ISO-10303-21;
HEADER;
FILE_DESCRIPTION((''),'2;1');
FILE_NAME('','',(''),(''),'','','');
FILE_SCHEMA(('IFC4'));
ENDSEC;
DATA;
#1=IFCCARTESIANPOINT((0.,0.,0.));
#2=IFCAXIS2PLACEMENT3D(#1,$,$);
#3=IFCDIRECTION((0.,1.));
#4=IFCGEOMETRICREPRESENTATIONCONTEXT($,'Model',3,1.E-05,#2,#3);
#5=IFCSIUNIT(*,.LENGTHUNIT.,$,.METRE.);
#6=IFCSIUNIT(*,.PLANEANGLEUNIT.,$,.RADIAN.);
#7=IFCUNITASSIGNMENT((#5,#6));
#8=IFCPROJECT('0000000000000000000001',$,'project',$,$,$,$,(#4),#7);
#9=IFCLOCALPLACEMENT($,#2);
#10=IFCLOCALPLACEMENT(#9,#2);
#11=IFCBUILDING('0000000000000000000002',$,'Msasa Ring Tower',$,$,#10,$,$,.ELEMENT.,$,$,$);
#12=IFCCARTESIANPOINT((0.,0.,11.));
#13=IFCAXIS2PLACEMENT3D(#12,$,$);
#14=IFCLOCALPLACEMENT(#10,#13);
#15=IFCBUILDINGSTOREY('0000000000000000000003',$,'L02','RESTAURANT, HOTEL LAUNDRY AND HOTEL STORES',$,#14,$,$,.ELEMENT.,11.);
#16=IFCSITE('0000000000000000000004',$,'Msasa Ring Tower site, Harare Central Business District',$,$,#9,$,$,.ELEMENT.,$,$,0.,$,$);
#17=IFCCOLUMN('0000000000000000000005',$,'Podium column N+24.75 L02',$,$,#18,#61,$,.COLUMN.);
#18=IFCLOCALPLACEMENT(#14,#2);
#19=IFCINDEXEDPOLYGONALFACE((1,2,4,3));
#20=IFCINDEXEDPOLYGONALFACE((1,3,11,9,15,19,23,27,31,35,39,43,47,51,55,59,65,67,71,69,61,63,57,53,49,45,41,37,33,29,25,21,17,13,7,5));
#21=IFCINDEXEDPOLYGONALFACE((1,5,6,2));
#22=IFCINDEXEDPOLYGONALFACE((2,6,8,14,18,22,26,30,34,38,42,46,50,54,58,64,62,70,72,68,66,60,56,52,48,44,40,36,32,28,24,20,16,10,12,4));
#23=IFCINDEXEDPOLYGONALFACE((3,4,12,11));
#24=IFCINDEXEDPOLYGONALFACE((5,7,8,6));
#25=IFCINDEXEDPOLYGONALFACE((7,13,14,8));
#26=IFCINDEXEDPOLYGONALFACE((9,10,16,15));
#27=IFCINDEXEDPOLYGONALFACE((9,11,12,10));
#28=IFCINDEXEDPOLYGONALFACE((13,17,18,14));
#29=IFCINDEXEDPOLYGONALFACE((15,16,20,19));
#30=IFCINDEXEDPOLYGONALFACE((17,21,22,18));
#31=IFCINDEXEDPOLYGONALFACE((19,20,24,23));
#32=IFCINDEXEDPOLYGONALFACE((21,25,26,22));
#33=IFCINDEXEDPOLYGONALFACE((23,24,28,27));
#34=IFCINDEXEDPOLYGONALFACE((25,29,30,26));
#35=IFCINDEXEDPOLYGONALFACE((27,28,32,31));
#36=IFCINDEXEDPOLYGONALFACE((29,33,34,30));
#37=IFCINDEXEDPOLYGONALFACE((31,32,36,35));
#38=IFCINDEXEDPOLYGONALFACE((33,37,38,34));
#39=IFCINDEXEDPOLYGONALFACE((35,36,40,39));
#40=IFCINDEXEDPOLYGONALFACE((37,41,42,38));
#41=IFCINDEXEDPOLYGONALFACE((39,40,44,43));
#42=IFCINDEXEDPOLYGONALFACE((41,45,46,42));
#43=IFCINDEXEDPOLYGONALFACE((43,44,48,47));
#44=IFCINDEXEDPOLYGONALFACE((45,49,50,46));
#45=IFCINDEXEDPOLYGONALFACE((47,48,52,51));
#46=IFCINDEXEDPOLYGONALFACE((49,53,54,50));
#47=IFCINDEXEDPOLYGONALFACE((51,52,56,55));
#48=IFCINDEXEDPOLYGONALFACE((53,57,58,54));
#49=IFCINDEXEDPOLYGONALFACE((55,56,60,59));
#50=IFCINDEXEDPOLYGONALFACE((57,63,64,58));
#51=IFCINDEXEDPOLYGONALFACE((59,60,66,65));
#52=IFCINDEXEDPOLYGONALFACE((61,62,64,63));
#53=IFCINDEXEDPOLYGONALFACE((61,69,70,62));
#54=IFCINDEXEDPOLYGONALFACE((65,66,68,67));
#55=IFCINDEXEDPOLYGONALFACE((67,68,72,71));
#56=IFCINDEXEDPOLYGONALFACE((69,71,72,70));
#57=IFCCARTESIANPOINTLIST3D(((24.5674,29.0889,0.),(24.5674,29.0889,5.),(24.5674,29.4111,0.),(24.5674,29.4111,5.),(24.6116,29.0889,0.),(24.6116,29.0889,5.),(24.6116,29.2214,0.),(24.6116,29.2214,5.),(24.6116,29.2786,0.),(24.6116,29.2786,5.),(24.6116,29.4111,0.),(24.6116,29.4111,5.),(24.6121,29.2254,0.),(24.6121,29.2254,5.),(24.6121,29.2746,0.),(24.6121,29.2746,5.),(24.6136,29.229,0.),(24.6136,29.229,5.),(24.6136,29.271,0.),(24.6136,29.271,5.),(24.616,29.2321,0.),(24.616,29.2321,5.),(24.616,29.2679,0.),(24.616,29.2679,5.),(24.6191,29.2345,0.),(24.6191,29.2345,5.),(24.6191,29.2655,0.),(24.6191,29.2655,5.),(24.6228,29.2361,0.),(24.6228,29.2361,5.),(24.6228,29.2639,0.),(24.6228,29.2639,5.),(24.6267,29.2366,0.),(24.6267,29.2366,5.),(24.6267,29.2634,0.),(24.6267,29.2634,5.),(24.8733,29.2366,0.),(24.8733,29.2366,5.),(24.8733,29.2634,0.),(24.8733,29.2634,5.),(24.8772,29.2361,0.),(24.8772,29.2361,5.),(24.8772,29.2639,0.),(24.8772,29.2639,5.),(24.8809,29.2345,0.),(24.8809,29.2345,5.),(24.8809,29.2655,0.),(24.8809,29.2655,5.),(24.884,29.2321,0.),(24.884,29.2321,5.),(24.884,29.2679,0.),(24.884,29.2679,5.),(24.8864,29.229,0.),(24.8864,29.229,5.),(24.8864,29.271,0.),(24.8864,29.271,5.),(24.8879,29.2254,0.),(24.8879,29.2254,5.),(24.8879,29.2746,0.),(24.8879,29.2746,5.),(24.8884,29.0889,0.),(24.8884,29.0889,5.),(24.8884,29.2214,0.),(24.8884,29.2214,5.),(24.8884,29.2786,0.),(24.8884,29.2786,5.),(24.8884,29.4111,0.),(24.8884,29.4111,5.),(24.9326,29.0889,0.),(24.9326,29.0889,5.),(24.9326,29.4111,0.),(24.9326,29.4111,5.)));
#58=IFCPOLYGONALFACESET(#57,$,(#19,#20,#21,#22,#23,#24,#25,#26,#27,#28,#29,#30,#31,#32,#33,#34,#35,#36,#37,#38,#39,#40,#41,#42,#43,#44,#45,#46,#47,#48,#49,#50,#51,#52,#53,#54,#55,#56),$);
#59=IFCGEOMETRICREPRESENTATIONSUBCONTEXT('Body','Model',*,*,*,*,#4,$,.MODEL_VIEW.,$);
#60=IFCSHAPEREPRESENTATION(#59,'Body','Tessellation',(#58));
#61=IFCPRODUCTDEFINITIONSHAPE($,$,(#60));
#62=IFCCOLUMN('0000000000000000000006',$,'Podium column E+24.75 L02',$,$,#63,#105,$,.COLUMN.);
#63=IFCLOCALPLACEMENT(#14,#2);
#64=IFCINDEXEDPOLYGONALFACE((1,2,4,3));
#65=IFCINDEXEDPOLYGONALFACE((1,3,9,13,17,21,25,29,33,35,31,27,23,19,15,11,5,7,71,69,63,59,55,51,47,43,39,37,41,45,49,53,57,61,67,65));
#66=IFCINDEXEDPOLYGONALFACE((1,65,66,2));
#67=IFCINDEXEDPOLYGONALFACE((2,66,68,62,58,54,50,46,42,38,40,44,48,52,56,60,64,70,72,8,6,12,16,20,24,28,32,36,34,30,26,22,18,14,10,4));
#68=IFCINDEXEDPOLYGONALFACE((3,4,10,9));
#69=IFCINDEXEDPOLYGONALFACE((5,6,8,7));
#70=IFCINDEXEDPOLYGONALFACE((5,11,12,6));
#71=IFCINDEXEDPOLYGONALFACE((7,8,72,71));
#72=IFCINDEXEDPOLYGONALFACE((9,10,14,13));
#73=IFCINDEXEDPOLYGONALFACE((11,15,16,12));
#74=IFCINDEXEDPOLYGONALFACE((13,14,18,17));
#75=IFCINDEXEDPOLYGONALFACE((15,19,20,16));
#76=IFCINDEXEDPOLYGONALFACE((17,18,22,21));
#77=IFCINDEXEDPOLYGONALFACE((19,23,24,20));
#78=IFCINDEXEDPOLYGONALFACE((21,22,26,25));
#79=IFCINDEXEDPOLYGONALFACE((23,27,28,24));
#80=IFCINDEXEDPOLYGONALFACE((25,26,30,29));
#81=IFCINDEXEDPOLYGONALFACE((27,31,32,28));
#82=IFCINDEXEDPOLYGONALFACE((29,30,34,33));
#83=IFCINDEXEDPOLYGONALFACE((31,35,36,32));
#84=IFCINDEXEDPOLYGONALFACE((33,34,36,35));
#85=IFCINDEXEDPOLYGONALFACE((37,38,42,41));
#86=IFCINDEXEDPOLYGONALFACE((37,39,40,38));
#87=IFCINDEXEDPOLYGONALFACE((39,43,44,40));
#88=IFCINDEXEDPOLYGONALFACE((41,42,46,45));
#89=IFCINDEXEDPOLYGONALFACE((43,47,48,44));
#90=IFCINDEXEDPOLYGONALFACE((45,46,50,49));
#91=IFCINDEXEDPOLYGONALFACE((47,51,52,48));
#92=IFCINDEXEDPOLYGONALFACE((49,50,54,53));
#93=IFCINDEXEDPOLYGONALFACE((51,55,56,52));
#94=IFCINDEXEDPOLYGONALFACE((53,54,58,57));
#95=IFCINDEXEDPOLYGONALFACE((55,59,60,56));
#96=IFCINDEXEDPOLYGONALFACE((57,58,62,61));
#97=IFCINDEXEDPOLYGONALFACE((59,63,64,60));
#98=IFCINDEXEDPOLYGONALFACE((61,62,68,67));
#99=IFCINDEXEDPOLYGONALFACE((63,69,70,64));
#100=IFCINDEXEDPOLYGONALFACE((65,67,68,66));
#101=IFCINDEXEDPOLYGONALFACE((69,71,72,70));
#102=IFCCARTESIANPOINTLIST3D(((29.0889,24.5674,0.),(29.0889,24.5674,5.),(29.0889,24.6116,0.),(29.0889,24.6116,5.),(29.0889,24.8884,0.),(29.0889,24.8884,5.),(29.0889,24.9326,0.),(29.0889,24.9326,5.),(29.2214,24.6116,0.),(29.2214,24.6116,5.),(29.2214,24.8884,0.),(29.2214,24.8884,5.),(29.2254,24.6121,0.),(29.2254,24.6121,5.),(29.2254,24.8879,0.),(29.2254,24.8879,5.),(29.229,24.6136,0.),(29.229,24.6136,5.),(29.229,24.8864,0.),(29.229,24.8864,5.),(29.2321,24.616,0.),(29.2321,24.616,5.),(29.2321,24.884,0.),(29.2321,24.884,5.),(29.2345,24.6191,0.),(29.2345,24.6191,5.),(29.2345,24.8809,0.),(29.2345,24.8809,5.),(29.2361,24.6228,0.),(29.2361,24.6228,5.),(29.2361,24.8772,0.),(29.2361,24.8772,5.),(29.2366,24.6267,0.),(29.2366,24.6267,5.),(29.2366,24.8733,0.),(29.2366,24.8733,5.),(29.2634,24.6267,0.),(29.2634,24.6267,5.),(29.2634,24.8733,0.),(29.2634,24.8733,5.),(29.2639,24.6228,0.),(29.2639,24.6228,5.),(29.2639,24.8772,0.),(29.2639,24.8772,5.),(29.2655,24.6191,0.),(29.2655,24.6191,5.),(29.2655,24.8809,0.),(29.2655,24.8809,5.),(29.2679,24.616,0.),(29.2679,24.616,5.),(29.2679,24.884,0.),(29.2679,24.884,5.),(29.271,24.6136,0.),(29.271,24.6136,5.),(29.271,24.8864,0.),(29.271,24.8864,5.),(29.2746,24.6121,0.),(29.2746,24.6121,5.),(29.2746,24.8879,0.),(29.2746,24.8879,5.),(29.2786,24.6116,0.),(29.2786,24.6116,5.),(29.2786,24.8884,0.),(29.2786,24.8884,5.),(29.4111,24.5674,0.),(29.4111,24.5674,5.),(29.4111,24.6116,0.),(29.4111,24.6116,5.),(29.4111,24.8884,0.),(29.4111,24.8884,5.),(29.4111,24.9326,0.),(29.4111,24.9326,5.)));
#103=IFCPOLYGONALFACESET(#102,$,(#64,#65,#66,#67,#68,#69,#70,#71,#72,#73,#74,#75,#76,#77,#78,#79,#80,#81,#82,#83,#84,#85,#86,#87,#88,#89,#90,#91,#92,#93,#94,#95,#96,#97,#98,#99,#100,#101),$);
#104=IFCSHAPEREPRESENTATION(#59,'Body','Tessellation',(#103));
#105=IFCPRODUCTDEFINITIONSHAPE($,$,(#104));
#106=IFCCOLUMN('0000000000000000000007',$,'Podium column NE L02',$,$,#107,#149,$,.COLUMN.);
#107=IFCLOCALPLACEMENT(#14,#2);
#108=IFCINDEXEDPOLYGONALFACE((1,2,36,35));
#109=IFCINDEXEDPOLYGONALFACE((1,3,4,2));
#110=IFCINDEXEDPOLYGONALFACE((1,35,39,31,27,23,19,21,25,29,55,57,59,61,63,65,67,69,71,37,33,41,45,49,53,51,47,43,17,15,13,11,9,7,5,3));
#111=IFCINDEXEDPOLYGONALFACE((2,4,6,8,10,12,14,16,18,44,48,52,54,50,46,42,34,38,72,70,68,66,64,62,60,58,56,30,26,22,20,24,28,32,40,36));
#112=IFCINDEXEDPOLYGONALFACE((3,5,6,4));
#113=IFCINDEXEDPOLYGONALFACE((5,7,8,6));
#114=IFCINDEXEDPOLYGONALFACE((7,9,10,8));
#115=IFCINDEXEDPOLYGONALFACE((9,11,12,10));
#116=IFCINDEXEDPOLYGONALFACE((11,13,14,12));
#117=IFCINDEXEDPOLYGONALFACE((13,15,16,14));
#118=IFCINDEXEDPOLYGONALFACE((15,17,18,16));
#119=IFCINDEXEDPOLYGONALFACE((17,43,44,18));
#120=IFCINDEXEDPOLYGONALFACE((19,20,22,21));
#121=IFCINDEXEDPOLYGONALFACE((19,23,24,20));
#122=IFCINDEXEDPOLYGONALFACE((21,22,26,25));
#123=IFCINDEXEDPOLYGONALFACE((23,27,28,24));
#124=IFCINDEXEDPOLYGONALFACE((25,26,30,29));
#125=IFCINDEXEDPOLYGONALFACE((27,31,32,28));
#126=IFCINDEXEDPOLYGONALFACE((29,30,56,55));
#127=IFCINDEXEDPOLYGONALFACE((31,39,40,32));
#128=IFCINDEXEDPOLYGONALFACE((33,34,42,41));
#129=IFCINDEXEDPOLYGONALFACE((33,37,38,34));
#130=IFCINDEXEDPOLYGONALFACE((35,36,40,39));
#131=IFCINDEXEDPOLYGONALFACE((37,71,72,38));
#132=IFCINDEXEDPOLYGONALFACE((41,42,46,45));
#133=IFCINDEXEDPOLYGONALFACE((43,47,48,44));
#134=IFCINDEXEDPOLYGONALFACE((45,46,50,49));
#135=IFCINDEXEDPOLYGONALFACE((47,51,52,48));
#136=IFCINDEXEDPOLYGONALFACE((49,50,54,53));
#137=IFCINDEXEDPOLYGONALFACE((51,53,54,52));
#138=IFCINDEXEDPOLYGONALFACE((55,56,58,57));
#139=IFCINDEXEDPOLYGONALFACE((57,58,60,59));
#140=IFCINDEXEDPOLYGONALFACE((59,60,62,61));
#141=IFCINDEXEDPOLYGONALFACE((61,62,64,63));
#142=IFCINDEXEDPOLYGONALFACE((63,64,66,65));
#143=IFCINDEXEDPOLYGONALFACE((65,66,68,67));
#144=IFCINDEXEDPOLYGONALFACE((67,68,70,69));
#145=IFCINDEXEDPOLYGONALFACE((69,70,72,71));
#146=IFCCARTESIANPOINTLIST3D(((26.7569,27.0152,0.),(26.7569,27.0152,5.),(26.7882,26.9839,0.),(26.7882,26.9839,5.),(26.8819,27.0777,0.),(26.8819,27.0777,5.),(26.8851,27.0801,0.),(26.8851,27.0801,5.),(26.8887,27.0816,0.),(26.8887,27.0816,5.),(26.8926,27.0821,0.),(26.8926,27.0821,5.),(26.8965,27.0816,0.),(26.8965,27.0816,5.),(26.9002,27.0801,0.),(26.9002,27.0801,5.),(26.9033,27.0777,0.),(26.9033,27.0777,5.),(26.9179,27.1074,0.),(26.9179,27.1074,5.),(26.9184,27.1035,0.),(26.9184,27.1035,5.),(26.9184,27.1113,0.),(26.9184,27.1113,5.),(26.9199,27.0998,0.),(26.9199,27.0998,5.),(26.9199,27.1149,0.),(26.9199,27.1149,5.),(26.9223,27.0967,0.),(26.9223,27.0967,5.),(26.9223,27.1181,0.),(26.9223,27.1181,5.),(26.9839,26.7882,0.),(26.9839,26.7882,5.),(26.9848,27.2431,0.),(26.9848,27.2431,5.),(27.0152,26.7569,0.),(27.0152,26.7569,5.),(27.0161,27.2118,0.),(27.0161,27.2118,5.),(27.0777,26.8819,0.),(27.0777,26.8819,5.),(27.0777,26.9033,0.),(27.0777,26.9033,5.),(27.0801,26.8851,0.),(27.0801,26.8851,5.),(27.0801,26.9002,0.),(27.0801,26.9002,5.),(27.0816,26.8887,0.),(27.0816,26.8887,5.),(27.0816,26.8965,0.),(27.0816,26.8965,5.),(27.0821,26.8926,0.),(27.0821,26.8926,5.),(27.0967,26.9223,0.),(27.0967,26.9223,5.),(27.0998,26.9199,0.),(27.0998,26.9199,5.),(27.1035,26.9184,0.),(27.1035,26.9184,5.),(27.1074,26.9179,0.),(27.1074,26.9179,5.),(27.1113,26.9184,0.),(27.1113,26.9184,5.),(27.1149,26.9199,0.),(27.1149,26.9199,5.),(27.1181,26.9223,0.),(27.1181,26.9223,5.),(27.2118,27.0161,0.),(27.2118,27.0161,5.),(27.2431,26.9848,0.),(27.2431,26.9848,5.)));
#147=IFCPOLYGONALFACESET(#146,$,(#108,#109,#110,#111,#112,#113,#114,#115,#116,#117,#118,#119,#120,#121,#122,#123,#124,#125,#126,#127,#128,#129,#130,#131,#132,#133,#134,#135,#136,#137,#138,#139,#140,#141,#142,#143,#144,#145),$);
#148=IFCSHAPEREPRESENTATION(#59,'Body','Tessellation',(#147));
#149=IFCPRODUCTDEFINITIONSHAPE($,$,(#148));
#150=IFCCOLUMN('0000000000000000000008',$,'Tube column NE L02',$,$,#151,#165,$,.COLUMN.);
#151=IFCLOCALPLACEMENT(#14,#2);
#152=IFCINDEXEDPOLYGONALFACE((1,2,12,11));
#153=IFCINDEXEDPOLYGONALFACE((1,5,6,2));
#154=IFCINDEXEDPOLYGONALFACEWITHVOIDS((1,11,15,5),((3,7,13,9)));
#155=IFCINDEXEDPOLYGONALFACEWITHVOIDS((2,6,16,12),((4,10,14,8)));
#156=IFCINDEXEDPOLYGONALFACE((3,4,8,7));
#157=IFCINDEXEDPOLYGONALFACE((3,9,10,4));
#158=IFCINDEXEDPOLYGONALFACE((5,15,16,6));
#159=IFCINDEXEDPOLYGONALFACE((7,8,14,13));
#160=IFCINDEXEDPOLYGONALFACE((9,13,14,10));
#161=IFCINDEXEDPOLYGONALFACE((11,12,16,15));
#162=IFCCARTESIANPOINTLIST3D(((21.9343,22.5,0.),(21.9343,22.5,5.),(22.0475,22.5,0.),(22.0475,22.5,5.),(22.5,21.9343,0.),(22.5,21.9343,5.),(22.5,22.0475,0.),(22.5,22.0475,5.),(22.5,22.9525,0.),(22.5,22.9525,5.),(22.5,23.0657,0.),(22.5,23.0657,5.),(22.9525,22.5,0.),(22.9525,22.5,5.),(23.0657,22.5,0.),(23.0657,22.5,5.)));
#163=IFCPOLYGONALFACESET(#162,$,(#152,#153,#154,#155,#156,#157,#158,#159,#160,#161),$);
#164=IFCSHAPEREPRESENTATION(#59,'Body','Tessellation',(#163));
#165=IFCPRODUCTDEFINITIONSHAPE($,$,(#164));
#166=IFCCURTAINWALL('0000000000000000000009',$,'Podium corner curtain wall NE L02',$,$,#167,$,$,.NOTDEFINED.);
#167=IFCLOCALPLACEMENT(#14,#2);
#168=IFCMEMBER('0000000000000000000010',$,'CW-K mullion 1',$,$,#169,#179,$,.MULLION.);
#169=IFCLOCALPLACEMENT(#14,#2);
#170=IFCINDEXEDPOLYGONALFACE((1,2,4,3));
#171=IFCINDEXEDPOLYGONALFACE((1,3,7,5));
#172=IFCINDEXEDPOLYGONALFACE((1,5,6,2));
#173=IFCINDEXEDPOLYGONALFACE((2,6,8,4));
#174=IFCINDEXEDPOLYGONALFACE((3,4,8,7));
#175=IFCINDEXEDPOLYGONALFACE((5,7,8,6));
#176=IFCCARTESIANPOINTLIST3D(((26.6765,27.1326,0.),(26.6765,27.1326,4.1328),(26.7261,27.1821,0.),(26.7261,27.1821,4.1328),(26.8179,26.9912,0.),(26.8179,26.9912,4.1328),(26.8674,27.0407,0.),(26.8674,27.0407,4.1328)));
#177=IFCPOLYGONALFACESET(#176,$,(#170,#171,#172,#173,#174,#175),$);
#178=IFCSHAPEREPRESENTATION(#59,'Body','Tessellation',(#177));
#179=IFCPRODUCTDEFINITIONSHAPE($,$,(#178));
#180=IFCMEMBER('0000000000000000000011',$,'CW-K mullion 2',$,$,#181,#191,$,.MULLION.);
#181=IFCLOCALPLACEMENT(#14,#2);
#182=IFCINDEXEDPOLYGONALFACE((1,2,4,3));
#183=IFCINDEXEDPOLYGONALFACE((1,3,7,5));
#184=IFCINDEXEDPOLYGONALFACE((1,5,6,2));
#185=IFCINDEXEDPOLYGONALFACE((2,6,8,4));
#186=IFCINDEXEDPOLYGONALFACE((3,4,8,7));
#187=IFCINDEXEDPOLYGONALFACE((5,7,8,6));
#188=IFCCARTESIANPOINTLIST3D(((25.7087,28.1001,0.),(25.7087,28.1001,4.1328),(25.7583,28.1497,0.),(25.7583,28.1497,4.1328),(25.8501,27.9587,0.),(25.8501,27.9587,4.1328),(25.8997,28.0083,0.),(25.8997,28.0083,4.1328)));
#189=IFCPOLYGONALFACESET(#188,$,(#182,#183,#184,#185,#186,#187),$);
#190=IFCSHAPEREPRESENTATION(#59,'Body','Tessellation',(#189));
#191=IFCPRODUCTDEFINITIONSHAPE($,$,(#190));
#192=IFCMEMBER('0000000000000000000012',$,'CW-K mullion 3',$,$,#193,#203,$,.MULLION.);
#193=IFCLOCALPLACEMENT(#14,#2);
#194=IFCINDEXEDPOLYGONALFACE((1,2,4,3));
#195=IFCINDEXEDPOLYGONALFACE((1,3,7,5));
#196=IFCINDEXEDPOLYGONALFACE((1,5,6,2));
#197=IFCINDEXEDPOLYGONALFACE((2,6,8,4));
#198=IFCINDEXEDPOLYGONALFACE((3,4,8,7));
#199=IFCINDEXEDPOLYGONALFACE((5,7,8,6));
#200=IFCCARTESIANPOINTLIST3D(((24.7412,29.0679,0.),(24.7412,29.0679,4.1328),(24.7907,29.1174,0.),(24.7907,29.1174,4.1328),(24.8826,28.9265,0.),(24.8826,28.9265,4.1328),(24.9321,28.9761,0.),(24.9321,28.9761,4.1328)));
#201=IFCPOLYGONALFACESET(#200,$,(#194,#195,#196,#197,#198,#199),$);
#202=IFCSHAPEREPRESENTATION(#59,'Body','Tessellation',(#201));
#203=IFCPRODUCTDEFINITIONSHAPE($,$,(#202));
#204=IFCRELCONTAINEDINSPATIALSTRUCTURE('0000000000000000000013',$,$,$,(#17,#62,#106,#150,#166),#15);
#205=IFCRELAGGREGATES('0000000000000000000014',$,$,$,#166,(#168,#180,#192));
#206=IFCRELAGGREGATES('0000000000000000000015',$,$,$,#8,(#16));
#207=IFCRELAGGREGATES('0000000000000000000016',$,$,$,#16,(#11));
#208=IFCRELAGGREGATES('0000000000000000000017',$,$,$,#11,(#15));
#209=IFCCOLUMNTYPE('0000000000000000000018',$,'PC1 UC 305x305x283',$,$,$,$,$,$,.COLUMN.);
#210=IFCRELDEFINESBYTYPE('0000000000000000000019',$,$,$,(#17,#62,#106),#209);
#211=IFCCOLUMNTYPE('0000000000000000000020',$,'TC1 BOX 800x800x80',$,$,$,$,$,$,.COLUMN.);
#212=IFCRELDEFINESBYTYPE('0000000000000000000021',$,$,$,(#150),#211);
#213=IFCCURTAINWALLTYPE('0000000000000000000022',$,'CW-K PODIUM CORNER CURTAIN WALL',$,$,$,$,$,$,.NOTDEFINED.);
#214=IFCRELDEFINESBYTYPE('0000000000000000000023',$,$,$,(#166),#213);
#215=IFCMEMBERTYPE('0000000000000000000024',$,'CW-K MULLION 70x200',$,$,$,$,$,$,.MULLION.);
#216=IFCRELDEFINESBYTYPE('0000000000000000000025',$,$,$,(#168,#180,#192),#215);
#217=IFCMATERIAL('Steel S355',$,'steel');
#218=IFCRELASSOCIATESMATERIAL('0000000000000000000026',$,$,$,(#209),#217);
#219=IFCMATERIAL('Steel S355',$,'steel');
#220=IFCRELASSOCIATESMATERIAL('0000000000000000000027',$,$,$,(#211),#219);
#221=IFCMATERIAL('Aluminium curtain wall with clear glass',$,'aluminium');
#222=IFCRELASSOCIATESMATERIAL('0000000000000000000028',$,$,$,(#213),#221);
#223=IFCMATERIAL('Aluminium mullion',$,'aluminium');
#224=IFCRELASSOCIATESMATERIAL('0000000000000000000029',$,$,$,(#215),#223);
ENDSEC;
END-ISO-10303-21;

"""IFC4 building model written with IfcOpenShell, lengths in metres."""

from ifc_helpers import new_model, si_unit, direction, frame, origin, origin_2d, place, context, subcontext, project, spatial, rectangle, hollow_rectangle, i_section, extrude, material, material_profile, profile_set, type_object, element, aggregate, save


model = new_model("IFC4")

# Units and contexts
model_context = context("Model", 3, precision=1e-05, world=origin(), true_north=direction((0.0, 1.0)))
body_context = subcontext(model_context, "Body", "Model", "MODEL_VIEW")
ifc_project = project(units=[si_unit("LENGTHUNIT", "METRE"), si_unit("PLANEANGLEUNIT", "RADIAN")], contexts=[model_context])

# Site, building, storey
site_placement = place(None, origin())
site = spatial("IfcSite", under=ifc_project, at=site_placement, Name="Msasa Ring Tower site, Harare Central Business District", CompositionType="ELEMENT", RefElevation=0.0)
building_placement = place(site_placement, origin())
building = spatial("IfcBuilding", under=site, at=building_placement, Name="Msasa Ring Tower", CompositionType="ELEMENT")
storey_placement = place(building_placement, frame((0.0, 0.0, 11.0)))
storey = spatial("IfcBuildingStorey", under=building, at=storey_placement, Name="L02", Description="RESTAURANT, HOTEL LAUNDRY AND HOTEL STORES", CompositionType="ELEMENT", Elevation=11.0)

# Columns
ifc_material_1 = material(Name="Steel S355", Category="steel")
ifc_material_profile_1 = material_profile(ifc_material_1, i_section(OverallWidth=0.3223, OverallDepth=0.3652, WebThickness=0.0269, FlangeThickness=0.0442, FilletRadius=0.0151, at=origin_2d()), Name="UC 305x305x283")
ifc_profile_set_1 = profile_set([ifc_material_profile_1], Name="Steel S355")
column_type_1 = type_object("IfcColumnType", Name="PC1 UC 305x305x283", PredefinedType="COLUMN", material=ifc_profile_set_1)
for number, where, z_axis, x_axis, name in (
    (1, (24.75, 29.25, 0.0), (0.0, 0.0, 1.0), (0.0, 1.0, 0.0), "Podium column N+24.75 L02"),
    (2, (29.25, 24.75, 0.0), (0.0, 0.0, 1.0), (1.0, 0.0, 0.0), "Podium column E+24.75 L02"),
    (3, (27.0, 27.0, 0.0), (0.0, 0.0, 1.0), (0.707107, 0.707107, 0.0), "Podium column NE L02"),
):
    element("IfcColumn", number, at=place(storey_placement, frame(where, z_axis=z_axis, x_axis=x_axis)), inside=storey, type_object=column_type_1, Name=name, PredefinedType="COLUMN", context=body_context, shape_type="SweptSolid", body=[
        extrude(i_section(OverallWidth=0.3223, OverallDepth=0.3652, WebThickness=0.0269, FlangeThickness=0.0442, FilletRadius=0.0151, at=origin_2d()), origin(), (0.0, 0.0, 1.0), 5.0),
    ])
ifc_material_2 = material(Name="Steel S355", Category="steel")
ifc_material_profile_2 = material_profile(ifc_material_2, hollow_rectangle(XDim=0.8, YDim=0.8, WallThickness=0.0801, at=origin_2d()), Name="BOX 800x800x80")
ifc_profile_set_2 = profile_set([ifc_material_profile_2], Name="Steel S355")
column_type_2 = type_object("IfcColumnType", Name="TC1 BOX 800x800x80", PredefinedType="COLUMN", material=ifc_profile_set_2)
column_placement = place(storey_placement, frame((22.5, 22.5, 0.0), z_axis=(0.0, 0.0, 1.0), x_axis=(0.707107, 0.707107, 0.0)))
element("IfcColumn", 4, at=column_placement, inside=storey, type_object=column_type_2, Name="Tube column NE L02", PredefinedType="COLUMN", context=body_context, shape_type="SweptSolid", body=[
    extrude(hollow_rectangle(XDim=0.8, YDim=0.8, WallThickness=0.0801, at=origin_2d()), origin(), (0.0, 0.0, 1.0), 5.0),
])

# Curtain wall, members
ifc_material_3 = material(Name="Aluminium curtain wall with clear glass", Category="aluminium")
curtain_wall_type = type_object("IfcCurtainWallType", Name="CW-K PODIUM CORNER CURTAIN WALL", PredefinedType="NOTDEFINED", material=ifc_material_3)
curtain_wall_1_placement = place(storey_placement, origin())
curtain_wall_1 = element("IfcCurtainWall", 5, at=curtain_wall_1_placement, inside=storey, type_object=curtain_wall_type, Name="Podium corner curtain wall NE L02", PredefinedType="NOTDEFINED")
ifc_material_4 = material(Name="Aluminium mullion", Category="aluminium")
ifc_material_profile_3 = material_profile(ifc_material_4, rectangle(XDim=0.0701, YDim=0.2, at=origin_2d()), Name="AL 70x200")
ifc_profile_set_3 = profile_set([ifc_material_profile_3], Name="Aluminium mullion")
member_type_1 = type_object("IfcMemberType", Name="CW-K MULLION 70x200", PredefinedType="MULLION", material=ifc_profile_set_3)
member_1_placement = place(storey_placement, frame((26.772, 27.0867, 0.0), z_axis=(0.0, 0.0, 1.0), x_axis=(-0.707107, -0.707107, 0.0)))
member_1 = element("IfcMember", 6, at=member_1_placement, type_object=member_type_1, Name="CW-K mullion 1", PredefinedType="MULLION", context=body_context, shape_type="SweptSolid", body=[
    extrude(rectangle(XDim=0.0701, YDim=0.2, at=origin_2d()), origin(), (0.0, 0.0, 1.0), 4.1328),
])
member_2_placement = place(storey_placement, frame((25.8042, 28.0542, 0.0), z_axis=(0.0, 0.0, 1.0), x_axis=(-0.707107, -0.707107, 0.0)))
member_2 = element("IfcMember", 7, at=member_2_placement, type_object=member_type_1, Name="CW-K mullion 2", PredefinedType="MULLION", context=body_context, shape_type="SweptSolid", body=[
    extrude(rectangle(XDim=0.0701, YDim=0.2, at=origin_2d()), origin(), (0.0, 0.0, 1.0), 4.1328),
])
member_3_placement = place(storey_placement, frame((24.8367, 29.022, 0.0), z_axis=(0.0, 0.0, 1.0), x_axis=(-0.707107, -0.707107, 0.0)))
member_3 = element("IfcMember", 8, at=member_3_placement, type_object=member_type_1, Name="CW-K mullion 3", PredefinedType="MULLION", context=body_context, shape_type="SweptSolid", body=[
    extrude(rectangle(XDim=0.0701, YDim=0.2, at=origin_2d()), origin(), (0.0, 0.0, 1.0), 4.1328),
])

aggregate(curtain_wall_1, [member_1, member_2, member_3])

save(model, "model.ifc")
